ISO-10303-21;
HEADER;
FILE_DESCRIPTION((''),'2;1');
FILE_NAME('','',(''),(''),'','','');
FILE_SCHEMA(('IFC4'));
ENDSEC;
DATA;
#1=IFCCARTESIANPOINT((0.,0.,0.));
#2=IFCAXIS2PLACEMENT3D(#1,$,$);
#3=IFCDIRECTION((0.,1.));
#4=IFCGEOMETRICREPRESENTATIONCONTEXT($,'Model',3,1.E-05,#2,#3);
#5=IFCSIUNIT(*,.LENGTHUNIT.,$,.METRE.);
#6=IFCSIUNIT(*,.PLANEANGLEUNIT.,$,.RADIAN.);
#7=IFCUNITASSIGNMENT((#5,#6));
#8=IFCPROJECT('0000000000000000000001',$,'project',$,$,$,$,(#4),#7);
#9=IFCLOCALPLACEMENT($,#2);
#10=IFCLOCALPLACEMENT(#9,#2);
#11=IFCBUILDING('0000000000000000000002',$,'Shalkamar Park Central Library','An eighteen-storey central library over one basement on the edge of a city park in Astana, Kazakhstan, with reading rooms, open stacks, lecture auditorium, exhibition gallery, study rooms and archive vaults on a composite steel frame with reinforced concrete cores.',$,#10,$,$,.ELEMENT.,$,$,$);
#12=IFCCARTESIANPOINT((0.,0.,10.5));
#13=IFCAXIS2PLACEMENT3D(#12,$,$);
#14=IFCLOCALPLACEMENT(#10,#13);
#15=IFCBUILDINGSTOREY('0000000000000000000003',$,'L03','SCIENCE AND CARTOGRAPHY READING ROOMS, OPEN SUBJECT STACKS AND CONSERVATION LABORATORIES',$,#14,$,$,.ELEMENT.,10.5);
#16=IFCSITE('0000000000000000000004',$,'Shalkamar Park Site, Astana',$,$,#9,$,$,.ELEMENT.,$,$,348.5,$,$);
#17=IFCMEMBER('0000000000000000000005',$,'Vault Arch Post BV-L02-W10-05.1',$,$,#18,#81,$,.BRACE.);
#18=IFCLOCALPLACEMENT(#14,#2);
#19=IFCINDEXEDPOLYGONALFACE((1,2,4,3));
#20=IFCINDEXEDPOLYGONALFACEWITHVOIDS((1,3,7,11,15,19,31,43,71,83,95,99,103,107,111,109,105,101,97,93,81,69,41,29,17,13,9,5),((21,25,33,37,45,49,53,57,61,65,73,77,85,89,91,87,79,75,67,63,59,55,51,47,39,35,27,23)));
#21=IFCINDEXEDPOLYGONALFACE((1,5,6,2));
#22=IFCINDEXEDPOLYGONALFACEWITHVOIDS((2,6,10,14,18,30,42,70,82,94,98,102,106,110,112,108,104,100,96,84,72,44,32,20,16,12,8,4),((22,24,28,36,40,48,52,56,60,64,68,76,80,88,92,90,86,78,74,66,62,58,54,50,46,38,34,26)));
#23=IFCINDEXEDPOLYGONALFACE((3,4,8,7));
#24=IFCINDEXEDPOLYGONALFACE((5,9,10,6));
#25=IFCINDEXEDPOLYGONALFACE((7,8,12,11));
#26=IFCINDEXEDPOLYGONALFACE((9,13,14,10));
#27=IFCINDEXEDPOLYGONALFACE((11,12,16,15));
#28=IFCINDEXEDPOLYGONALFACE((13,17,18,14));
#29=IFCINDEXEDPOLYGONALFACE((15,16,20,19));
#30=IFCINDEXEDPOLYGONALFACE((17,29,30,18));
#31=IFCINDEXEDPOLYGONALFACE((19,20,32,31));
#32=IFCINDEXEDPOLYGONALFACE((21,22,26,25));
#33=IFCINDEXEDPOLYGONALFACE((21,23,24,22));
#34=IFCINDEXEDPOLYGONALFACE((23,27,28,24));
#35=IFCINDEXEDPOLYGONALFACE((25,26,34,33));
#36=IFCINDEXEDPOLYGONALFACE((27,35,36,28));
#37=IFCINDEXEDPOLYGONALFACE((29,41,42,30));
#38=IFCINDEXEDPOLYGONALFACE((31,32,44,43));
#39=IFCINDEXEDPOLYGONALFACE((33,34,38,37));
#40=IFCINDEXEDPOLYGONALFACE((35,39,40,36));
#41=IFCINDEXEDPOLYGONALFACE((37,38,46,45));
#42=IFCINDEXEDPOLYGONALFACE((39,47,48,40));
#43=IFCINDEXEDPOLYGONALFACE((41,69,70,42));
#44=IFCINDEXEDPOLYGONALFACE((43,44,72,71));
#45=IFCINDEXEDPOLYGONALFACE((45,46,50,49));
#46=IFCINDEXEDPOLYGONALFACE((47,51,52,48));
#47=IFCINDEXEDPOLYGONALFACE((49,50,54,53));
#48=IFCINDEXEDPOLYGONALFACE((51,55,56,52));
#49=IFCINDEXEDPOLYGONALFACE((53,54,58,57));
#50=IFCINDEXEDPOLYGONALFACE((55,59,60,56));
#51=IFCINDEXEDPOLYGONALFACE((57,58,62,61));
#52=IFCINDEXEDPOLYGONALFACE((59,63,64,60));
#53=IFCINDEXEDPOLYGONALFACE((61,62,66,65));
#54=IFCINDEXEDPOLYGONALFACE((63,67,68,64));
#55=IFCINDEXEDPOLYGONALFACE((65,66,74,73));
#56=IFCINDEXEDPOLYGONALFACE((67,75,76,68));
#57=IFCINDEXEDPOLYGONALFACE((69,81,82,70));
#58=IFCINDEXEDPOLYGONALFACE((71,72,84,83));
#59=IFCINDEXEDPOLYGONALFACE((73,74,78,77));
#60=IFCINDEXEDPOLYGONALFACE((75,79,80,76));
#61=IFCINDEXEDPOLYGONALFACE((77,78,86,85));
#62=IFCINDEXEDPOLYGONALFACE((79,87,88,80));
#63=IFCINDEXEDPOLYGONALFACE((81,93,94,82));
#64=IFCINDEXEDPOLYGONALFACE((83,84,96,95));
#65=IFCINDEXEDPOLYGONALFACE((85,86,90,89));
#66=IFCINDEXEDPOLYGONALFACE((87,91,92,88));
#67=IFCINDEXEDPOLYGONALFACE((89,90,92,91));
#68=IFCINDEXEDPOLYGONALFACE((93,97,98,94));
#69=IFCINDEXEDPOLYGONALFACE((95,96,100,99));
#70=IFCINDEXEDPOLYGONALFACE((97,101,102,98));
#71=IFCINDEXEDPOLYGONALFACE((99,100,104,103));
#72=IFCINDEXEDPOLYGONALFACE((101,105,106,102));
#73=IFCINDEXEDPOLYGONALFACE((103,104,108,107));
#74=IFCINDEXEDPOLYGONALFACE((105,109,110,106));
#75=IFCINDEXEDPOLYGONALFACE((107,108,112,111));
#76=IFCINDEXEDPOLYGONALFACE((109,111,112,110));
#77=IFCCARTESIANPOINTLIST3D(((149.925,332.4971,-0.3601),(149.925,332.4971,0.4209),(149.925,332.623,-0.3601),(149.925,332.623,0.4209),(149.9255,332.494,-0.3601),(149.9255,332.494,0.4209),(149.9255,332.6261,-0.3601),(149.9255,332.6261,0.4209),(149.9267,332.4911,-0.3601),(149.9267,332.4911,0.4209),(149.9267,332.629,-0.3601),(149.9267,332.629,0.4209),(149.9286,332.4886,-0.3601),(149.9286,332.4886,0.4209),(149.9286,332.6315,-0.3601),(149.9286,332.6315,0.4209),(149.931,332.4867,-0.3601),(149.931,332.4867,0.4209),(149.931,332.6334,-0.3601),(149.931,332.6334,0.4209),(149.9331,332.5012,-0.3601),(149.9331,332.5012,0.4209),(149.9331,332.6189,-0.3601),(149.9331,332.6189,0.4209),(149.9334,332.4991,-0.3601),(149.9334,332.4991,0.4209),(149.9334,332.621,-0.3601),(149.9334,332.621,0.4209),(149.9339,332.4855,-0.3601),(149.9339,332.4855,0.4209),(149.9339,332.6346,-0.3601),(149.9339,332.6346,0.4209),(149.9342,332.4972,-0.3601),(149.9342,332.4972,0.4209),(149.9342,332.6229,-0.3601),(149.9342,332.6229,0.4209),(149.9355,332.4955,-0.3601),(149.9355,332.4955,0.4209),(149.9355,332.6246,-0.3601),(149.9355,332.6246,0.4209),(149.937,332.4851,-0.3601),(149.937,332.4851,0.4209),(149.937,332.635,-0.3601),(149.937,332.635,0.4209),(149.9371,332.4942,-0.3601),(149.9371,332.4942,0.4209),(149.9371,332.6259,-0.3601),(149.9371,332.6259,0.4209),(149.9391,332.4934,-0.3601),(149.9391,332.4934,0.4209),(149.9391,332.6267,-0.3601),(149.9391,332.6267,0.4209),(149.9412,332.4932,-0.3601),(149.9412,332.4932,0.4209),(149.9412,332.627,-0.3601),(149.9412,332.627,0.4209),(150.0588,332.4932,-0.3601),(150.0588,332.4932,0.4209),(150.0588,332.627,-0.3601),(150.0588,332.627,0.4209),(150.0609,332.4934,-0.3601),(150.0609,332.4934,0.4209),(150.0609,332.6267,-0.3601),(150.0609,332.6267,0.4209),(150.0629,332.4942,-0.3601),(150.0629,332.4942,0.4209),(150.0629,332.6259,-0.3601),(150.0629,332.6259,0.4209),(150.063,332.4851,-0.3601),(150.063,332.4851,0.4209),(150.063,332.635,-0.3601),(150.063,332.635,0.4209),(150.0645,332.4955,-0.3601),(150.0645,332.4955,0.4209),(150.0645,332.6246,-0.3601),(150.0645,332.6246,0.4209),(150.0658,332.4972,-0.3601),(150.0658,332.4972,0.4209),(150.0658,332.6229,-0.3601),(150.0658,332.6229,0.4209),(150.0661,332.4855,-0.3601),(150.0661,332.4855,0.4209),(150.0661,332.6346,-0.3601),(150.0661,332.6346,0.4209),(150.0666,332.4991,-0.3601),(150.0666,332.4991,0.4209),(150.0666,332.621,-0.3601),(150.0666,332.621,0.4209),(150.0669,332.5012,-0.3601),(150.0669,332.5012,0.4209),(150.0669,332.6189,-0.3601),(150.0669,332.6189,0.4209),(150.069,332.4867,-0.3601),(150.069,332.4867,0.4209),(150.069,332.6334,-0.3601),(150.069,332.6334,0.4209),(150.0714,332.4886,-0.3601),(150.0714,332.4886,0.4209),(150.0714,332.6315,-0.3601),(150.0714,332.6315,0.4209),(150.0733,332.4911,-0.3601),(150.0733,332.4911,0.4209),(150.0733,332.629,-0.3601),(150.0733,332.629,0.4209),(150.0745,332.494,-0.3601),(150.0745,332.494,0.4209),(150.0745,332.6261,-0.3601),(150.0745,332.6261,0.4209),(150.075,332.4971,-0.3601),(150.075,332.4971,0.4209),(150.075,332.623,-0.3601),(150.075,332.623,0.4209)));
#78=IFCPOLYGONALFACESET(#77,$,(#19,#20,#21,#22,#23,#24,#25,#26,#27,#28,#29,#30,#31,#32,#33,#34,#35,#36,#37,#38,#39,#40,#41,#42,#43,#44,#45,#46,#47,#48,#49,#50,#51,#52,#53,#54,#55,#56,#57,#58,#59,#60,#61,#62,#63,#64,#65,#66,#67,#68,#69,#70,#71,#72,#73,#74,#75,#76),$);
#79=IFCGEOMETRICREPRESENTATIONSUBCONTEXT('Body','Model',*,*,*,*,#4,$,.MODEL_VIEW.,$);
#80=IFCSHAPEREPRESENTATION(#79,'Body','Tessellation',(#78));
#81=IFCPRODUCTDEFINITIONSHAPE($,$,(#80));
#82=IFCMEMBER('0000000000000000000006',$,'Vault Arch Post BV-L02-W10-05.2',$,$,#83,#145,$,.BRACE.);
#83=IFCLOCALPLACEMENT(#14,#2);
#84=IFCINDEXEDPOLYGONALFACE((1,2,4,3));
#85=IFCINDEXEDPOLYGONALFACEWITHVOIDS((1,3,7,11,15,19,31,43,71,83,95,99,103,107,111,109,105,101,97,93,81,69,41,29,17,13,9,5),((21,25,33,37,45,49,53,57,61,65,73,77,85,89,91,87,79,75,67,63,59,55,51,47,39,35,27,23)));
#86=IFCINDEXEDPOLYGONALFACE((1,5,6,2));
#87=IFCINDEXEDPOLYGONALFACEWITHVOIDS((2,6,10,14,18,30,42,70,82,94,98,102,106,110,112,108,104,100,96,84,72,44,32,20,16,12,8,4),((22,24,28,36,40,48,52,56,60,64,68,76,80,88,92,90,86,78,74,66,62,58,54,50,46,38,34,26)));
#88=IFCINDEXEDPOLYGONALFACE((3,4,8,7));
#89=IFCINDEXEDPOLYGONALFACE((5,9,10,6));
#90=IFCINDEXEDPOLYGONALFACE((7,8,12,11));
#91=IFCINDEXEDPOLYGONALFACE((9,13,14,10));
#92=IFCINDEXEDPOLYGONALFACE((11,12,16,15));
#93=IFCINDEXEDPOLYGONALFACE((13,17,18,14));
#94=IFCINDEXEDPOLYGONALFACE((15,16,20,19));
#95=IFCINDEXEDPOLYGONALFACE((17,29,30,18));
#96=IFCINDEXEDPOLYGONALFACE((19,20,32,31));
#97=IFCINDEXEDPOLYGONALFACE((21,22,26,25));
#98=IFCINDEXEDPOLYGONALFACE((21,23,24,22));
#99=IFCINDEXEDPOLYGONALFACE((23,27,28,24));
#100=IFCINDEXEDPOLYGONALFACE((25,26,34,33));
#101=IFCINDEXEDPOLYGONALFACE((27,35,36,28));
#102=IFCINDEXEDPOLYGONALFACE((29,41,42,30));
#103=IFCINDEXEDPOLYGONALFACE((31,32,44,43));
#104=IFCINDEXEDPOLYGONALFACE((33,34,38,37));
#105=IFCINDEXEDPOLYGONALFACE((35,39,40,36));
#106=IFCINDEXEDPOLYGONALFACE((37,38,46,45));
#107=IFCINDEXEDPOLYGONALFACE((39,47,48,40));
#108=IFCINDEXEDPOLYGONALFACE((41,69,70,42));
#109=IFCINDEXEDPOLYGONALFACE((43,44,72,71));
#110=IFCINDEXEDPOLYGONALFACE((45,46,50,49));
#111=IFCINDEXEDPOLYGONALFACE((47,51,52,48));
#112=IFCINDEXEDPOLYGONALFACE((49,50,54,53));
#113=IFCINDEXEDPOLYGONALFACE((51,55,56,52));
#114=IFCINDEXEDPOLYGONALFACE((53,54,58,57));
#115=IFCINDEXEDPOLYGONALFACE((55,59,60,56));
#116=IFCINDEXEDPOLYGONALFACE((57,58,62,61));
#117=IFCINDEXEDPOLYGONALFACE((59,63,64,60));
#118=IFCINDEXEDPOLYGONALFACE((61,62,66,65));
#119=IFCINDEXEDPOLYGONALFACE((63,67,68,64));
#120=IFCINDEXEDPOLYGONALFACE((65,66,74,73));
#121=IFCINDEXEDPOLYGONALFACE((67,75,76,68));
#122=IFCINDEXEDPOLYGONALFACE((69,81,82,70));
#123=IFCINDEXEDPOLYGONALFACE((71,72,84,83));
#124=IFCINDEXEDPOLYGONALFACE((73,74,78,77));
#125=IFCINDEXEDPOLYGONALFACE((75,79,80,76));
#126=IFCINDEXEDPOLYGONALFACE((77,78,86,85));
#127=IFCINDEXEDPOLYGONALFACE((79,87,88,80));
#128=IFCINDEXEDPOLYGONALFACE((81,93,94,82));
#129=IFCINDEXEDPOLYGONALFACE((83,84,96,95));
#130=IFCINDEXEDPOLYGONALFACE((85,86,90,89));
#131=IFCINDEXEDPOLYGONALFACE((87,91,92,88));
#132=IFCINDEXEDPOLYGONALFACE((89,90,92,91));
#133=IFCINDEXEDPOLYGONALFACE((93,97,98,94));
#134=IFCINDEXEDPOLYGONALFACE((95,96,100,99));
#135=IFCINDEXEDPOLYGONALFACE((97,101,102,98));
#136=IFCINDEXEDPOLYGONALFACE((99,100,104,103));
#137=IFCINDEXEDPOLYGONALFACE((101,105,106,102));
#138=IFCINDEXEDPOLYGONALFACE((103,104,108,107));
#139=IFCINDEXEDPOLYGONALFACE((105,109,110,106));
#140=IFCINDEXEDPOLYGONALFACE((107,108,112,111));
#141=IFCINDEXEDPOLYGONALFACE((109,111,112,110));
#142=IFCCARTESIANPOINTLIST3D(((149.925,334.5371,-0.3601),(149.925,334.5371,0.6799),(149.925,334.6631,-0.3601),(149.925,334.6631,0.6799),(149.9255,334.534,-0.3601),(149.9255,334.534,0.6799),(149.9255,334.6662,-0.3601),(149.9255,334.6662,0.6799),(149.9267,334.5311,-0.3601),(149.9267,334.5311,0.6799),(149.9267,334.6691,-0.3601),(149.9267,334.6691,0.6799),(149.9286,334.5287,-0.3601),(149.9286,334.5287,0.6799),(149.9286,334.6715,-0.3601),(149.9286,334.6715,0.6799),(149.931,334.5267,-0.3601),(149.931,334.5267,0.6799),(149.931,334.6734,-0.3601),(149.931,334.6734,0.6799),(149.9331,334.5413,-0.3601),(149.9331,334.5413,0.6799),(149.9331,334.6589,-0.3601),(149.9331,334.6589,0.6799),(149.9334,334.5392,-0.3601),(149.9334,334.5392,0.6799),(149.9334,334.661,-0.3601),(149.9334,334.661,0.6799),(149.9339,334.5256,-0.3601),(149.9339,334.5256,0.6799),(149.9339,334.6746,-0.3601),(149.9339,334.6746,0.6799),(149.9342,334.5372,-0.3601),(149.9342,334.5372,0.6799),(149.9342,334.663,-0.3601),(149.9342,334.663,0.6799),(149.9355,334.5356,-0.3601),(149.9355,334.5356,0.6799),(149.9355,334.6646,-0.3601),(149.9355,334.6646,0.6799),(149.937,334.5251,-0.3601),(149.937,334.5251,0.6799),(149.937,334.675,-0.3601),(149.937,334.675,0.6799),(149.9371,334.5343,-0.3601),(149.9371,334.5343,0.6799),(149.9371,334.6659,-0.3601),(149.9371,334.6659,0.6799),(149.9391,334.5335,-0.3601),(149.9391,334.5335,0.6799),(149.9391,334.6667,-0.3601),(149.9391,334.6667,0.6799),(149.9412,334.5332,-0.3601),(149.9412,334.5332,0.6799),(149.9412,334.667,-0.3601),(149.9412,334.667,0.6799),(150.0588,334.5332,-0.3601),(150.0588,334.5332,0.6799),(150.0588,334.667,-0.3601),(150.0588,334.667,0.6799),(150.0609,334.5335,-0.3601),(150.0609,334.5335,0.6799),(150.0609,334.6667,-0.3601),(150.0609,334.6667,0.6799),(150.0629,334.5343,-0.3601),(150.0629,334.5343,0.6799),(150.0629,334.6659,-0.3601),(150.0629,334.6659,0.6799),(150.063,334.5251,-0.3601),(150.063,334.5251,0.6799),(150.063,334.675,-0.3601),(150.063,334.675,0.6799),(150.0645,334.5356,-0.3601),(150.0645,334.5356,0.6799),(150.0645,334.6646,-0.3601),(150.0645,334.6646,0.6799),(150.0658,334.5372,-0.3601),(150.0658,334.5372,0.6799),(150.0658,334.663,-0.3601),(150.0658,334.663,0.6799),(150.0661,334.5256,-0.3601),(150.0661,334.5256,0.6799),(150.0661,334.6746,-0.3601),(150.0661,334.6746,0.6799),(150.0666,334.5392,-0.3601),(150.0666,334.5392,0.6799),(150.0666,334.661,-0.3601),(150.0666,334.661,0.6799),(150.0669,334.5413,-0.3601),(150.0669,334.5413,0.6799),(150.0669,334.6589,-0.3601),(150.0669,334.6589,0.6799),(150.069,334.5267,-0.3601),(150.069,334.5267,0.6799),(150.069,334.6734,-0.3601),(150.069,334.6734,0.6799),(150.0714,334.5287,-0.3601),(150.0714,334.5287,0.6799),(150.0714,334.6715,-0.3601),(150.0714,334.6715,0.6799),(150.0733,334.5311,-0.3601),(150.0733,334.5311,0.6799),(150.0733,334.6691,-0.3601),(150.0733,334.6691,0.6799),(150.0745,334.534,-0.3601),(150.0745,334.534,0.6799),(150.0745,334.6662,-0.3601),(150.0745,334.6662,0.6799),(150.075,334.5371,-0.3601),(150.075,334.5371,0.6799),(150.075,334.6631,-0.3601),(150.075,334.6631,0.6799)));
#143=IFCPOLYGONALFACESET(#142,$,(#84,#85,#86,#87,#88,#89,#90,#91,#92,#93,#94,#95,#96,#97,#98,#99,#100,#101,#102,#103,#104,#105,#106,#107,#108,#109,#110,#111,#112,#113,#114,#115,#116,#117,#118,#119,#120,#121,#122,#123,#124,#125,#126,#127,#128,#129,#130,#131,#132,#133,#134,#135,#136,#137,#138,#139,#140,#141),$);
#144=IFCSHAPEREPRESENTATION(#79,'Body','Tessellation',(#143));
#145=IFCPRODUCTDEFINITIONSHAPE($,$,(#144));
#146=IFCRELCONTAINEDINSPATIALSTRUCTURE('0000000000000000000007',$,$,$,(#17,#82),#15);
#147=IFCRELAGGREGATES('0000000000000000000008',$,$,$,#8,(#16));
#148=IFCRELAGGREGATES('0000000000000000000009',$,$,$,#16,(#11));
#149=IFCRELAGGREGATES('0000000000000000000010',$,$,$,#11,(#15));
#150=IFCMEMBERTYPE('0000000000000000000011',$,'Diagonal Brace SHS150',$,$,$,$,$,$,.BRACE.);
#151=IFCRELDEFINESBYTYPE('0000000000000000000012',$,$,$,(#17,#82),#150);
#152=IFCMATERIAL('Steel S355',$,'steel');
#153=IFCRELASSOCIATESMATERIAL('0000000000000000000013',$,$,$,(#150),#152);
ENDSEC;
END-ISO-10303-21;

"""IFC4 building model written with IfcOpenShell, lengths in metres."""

from ifc_helpers import new_model, si_unit, direction, frame, origin, origin_2d, place, context, subcontext, project, spatial, hollow_rectangle, extrude, material, material_profile, profile_set, type_object, element, save


model = new_model("IFC4")

# Units and contexts
model_context = context("Model", 3, precision=1e-05, world=origin(), true_north=direction((0.0, 1.0)))
body_context = subcontext(model_context, "Body", "Model", "MODEL_VIEW")
ifc_project = project(units=[si_unit("LENGTHUNIT", "METRE"), si_unit("PLANEANGLEUNIT", "RADIAN")], contexts=[model_context])

# Site, building, storey
site_placement = place(None, origin())
site = spatial("IfcSite", under=ifc_project, at=site_placement, Name="Shalkamar Park Site, Astana", CompositionType="ELEMENT", RefElevation=348.5)
building_placement = place(site_placement, origin())
building = spatial("IfcBuilding", under=site, at=building_placement, Name="Shalkamar Park Central Library", Description="An eighteen-storey central library over one basement on the edge of a city park in Astana, Kazakhstan, with reading rooms, open stacks, lecture auditorium, exhibition gallery, study rooms and archive vaults on a composite steel frame with reinforced concrete cores.", CompositionType="ELEMENT")
storey_placement = place(building_placement, frame((0.0, 0.0, 10.5)))
storey = spatial("IfcBuildingStorey", under=building, at=storey_placement, Name="L03", Description="SCIENCE AND CARTOGRAPHY READING ROOMS, OPEN SUBJECT STACKS AND CONSERVATION LABORATORIES", CompositionType="ELEMENT", Elevation=10.5)

# Shared definitions
ifc_material_1 = material(Name="Steel S355", Category="steel")

# Members
ifc_material_profile_1 = material_profile(ifc_material_1, hollow_rectangle(XDim=0.1499, YDim=0.1499, WallThickness=0.0081, InnerFilletRadius=0.0081, OuterFilletRadius=0.012, at=origin_2d()), Name="SHS 150x150x8")
ifc_profile_set_1 = profile_set([ifc_material_profile_1], Name="Steel S355")
member_type_1 = type_object("IfcMemberType", Name="Diagonal Brace SHS150", PredefinedType="BRACE", material=ifc_profile_set_1)
for number, where, z_axis, x_axis, name in (
    (1, (150.0, 332.5601, -0.3601), (0.0, 0.0, 1.0), (1.0, 0.0, 0.0), "Vault Arch Post BV-L02-W10-05.1"),
):
    element("IfcMember", number, at=place(storey_placement, frame(where, z_axis=z_axis, x_axis=x_axis)), inside=storey, type_object=member_type_1, Name=name, PredefinedType="BRACE", context=body_context, shape_type="SweptSolid", body=[
        extrude(hollow_rectangle(XDim=0.1499, YDim=0.1499, WallThickness=0.0081, InnerFilletRadius=0.0081, OuterFilletRadius=0.012, at=origin_2d()), origin(), (0.0, 0.0, 1.0), 0.781),
    ])
member_1_placement = place(storey_placement, frame((150.0, 334.6001, -0.3601), z_axis=(0.0, 0.0, 1.0), x_axis=(1.0, 0.0, 0.0)))
element("IfcMember", 2, at=member_1_placement, inside=storey, type_object=member_type_1, Name="Vault Arch Post BV-L02-W10-05.2", PredefinedType="BRACE", context=body_context, shape_type="SweptSolid", body=[
    extrude(hollow_rectangle(XDim=0.1499, YDim=0.1499, WallThickness=0.0081, InnerFilletRadius=0.0081, OuterFilletRadius=0.012, at=origin_2d()), origin(), (0.0, 0.0, 1.0), 1.04),
])

save(model, "model.ifc")
